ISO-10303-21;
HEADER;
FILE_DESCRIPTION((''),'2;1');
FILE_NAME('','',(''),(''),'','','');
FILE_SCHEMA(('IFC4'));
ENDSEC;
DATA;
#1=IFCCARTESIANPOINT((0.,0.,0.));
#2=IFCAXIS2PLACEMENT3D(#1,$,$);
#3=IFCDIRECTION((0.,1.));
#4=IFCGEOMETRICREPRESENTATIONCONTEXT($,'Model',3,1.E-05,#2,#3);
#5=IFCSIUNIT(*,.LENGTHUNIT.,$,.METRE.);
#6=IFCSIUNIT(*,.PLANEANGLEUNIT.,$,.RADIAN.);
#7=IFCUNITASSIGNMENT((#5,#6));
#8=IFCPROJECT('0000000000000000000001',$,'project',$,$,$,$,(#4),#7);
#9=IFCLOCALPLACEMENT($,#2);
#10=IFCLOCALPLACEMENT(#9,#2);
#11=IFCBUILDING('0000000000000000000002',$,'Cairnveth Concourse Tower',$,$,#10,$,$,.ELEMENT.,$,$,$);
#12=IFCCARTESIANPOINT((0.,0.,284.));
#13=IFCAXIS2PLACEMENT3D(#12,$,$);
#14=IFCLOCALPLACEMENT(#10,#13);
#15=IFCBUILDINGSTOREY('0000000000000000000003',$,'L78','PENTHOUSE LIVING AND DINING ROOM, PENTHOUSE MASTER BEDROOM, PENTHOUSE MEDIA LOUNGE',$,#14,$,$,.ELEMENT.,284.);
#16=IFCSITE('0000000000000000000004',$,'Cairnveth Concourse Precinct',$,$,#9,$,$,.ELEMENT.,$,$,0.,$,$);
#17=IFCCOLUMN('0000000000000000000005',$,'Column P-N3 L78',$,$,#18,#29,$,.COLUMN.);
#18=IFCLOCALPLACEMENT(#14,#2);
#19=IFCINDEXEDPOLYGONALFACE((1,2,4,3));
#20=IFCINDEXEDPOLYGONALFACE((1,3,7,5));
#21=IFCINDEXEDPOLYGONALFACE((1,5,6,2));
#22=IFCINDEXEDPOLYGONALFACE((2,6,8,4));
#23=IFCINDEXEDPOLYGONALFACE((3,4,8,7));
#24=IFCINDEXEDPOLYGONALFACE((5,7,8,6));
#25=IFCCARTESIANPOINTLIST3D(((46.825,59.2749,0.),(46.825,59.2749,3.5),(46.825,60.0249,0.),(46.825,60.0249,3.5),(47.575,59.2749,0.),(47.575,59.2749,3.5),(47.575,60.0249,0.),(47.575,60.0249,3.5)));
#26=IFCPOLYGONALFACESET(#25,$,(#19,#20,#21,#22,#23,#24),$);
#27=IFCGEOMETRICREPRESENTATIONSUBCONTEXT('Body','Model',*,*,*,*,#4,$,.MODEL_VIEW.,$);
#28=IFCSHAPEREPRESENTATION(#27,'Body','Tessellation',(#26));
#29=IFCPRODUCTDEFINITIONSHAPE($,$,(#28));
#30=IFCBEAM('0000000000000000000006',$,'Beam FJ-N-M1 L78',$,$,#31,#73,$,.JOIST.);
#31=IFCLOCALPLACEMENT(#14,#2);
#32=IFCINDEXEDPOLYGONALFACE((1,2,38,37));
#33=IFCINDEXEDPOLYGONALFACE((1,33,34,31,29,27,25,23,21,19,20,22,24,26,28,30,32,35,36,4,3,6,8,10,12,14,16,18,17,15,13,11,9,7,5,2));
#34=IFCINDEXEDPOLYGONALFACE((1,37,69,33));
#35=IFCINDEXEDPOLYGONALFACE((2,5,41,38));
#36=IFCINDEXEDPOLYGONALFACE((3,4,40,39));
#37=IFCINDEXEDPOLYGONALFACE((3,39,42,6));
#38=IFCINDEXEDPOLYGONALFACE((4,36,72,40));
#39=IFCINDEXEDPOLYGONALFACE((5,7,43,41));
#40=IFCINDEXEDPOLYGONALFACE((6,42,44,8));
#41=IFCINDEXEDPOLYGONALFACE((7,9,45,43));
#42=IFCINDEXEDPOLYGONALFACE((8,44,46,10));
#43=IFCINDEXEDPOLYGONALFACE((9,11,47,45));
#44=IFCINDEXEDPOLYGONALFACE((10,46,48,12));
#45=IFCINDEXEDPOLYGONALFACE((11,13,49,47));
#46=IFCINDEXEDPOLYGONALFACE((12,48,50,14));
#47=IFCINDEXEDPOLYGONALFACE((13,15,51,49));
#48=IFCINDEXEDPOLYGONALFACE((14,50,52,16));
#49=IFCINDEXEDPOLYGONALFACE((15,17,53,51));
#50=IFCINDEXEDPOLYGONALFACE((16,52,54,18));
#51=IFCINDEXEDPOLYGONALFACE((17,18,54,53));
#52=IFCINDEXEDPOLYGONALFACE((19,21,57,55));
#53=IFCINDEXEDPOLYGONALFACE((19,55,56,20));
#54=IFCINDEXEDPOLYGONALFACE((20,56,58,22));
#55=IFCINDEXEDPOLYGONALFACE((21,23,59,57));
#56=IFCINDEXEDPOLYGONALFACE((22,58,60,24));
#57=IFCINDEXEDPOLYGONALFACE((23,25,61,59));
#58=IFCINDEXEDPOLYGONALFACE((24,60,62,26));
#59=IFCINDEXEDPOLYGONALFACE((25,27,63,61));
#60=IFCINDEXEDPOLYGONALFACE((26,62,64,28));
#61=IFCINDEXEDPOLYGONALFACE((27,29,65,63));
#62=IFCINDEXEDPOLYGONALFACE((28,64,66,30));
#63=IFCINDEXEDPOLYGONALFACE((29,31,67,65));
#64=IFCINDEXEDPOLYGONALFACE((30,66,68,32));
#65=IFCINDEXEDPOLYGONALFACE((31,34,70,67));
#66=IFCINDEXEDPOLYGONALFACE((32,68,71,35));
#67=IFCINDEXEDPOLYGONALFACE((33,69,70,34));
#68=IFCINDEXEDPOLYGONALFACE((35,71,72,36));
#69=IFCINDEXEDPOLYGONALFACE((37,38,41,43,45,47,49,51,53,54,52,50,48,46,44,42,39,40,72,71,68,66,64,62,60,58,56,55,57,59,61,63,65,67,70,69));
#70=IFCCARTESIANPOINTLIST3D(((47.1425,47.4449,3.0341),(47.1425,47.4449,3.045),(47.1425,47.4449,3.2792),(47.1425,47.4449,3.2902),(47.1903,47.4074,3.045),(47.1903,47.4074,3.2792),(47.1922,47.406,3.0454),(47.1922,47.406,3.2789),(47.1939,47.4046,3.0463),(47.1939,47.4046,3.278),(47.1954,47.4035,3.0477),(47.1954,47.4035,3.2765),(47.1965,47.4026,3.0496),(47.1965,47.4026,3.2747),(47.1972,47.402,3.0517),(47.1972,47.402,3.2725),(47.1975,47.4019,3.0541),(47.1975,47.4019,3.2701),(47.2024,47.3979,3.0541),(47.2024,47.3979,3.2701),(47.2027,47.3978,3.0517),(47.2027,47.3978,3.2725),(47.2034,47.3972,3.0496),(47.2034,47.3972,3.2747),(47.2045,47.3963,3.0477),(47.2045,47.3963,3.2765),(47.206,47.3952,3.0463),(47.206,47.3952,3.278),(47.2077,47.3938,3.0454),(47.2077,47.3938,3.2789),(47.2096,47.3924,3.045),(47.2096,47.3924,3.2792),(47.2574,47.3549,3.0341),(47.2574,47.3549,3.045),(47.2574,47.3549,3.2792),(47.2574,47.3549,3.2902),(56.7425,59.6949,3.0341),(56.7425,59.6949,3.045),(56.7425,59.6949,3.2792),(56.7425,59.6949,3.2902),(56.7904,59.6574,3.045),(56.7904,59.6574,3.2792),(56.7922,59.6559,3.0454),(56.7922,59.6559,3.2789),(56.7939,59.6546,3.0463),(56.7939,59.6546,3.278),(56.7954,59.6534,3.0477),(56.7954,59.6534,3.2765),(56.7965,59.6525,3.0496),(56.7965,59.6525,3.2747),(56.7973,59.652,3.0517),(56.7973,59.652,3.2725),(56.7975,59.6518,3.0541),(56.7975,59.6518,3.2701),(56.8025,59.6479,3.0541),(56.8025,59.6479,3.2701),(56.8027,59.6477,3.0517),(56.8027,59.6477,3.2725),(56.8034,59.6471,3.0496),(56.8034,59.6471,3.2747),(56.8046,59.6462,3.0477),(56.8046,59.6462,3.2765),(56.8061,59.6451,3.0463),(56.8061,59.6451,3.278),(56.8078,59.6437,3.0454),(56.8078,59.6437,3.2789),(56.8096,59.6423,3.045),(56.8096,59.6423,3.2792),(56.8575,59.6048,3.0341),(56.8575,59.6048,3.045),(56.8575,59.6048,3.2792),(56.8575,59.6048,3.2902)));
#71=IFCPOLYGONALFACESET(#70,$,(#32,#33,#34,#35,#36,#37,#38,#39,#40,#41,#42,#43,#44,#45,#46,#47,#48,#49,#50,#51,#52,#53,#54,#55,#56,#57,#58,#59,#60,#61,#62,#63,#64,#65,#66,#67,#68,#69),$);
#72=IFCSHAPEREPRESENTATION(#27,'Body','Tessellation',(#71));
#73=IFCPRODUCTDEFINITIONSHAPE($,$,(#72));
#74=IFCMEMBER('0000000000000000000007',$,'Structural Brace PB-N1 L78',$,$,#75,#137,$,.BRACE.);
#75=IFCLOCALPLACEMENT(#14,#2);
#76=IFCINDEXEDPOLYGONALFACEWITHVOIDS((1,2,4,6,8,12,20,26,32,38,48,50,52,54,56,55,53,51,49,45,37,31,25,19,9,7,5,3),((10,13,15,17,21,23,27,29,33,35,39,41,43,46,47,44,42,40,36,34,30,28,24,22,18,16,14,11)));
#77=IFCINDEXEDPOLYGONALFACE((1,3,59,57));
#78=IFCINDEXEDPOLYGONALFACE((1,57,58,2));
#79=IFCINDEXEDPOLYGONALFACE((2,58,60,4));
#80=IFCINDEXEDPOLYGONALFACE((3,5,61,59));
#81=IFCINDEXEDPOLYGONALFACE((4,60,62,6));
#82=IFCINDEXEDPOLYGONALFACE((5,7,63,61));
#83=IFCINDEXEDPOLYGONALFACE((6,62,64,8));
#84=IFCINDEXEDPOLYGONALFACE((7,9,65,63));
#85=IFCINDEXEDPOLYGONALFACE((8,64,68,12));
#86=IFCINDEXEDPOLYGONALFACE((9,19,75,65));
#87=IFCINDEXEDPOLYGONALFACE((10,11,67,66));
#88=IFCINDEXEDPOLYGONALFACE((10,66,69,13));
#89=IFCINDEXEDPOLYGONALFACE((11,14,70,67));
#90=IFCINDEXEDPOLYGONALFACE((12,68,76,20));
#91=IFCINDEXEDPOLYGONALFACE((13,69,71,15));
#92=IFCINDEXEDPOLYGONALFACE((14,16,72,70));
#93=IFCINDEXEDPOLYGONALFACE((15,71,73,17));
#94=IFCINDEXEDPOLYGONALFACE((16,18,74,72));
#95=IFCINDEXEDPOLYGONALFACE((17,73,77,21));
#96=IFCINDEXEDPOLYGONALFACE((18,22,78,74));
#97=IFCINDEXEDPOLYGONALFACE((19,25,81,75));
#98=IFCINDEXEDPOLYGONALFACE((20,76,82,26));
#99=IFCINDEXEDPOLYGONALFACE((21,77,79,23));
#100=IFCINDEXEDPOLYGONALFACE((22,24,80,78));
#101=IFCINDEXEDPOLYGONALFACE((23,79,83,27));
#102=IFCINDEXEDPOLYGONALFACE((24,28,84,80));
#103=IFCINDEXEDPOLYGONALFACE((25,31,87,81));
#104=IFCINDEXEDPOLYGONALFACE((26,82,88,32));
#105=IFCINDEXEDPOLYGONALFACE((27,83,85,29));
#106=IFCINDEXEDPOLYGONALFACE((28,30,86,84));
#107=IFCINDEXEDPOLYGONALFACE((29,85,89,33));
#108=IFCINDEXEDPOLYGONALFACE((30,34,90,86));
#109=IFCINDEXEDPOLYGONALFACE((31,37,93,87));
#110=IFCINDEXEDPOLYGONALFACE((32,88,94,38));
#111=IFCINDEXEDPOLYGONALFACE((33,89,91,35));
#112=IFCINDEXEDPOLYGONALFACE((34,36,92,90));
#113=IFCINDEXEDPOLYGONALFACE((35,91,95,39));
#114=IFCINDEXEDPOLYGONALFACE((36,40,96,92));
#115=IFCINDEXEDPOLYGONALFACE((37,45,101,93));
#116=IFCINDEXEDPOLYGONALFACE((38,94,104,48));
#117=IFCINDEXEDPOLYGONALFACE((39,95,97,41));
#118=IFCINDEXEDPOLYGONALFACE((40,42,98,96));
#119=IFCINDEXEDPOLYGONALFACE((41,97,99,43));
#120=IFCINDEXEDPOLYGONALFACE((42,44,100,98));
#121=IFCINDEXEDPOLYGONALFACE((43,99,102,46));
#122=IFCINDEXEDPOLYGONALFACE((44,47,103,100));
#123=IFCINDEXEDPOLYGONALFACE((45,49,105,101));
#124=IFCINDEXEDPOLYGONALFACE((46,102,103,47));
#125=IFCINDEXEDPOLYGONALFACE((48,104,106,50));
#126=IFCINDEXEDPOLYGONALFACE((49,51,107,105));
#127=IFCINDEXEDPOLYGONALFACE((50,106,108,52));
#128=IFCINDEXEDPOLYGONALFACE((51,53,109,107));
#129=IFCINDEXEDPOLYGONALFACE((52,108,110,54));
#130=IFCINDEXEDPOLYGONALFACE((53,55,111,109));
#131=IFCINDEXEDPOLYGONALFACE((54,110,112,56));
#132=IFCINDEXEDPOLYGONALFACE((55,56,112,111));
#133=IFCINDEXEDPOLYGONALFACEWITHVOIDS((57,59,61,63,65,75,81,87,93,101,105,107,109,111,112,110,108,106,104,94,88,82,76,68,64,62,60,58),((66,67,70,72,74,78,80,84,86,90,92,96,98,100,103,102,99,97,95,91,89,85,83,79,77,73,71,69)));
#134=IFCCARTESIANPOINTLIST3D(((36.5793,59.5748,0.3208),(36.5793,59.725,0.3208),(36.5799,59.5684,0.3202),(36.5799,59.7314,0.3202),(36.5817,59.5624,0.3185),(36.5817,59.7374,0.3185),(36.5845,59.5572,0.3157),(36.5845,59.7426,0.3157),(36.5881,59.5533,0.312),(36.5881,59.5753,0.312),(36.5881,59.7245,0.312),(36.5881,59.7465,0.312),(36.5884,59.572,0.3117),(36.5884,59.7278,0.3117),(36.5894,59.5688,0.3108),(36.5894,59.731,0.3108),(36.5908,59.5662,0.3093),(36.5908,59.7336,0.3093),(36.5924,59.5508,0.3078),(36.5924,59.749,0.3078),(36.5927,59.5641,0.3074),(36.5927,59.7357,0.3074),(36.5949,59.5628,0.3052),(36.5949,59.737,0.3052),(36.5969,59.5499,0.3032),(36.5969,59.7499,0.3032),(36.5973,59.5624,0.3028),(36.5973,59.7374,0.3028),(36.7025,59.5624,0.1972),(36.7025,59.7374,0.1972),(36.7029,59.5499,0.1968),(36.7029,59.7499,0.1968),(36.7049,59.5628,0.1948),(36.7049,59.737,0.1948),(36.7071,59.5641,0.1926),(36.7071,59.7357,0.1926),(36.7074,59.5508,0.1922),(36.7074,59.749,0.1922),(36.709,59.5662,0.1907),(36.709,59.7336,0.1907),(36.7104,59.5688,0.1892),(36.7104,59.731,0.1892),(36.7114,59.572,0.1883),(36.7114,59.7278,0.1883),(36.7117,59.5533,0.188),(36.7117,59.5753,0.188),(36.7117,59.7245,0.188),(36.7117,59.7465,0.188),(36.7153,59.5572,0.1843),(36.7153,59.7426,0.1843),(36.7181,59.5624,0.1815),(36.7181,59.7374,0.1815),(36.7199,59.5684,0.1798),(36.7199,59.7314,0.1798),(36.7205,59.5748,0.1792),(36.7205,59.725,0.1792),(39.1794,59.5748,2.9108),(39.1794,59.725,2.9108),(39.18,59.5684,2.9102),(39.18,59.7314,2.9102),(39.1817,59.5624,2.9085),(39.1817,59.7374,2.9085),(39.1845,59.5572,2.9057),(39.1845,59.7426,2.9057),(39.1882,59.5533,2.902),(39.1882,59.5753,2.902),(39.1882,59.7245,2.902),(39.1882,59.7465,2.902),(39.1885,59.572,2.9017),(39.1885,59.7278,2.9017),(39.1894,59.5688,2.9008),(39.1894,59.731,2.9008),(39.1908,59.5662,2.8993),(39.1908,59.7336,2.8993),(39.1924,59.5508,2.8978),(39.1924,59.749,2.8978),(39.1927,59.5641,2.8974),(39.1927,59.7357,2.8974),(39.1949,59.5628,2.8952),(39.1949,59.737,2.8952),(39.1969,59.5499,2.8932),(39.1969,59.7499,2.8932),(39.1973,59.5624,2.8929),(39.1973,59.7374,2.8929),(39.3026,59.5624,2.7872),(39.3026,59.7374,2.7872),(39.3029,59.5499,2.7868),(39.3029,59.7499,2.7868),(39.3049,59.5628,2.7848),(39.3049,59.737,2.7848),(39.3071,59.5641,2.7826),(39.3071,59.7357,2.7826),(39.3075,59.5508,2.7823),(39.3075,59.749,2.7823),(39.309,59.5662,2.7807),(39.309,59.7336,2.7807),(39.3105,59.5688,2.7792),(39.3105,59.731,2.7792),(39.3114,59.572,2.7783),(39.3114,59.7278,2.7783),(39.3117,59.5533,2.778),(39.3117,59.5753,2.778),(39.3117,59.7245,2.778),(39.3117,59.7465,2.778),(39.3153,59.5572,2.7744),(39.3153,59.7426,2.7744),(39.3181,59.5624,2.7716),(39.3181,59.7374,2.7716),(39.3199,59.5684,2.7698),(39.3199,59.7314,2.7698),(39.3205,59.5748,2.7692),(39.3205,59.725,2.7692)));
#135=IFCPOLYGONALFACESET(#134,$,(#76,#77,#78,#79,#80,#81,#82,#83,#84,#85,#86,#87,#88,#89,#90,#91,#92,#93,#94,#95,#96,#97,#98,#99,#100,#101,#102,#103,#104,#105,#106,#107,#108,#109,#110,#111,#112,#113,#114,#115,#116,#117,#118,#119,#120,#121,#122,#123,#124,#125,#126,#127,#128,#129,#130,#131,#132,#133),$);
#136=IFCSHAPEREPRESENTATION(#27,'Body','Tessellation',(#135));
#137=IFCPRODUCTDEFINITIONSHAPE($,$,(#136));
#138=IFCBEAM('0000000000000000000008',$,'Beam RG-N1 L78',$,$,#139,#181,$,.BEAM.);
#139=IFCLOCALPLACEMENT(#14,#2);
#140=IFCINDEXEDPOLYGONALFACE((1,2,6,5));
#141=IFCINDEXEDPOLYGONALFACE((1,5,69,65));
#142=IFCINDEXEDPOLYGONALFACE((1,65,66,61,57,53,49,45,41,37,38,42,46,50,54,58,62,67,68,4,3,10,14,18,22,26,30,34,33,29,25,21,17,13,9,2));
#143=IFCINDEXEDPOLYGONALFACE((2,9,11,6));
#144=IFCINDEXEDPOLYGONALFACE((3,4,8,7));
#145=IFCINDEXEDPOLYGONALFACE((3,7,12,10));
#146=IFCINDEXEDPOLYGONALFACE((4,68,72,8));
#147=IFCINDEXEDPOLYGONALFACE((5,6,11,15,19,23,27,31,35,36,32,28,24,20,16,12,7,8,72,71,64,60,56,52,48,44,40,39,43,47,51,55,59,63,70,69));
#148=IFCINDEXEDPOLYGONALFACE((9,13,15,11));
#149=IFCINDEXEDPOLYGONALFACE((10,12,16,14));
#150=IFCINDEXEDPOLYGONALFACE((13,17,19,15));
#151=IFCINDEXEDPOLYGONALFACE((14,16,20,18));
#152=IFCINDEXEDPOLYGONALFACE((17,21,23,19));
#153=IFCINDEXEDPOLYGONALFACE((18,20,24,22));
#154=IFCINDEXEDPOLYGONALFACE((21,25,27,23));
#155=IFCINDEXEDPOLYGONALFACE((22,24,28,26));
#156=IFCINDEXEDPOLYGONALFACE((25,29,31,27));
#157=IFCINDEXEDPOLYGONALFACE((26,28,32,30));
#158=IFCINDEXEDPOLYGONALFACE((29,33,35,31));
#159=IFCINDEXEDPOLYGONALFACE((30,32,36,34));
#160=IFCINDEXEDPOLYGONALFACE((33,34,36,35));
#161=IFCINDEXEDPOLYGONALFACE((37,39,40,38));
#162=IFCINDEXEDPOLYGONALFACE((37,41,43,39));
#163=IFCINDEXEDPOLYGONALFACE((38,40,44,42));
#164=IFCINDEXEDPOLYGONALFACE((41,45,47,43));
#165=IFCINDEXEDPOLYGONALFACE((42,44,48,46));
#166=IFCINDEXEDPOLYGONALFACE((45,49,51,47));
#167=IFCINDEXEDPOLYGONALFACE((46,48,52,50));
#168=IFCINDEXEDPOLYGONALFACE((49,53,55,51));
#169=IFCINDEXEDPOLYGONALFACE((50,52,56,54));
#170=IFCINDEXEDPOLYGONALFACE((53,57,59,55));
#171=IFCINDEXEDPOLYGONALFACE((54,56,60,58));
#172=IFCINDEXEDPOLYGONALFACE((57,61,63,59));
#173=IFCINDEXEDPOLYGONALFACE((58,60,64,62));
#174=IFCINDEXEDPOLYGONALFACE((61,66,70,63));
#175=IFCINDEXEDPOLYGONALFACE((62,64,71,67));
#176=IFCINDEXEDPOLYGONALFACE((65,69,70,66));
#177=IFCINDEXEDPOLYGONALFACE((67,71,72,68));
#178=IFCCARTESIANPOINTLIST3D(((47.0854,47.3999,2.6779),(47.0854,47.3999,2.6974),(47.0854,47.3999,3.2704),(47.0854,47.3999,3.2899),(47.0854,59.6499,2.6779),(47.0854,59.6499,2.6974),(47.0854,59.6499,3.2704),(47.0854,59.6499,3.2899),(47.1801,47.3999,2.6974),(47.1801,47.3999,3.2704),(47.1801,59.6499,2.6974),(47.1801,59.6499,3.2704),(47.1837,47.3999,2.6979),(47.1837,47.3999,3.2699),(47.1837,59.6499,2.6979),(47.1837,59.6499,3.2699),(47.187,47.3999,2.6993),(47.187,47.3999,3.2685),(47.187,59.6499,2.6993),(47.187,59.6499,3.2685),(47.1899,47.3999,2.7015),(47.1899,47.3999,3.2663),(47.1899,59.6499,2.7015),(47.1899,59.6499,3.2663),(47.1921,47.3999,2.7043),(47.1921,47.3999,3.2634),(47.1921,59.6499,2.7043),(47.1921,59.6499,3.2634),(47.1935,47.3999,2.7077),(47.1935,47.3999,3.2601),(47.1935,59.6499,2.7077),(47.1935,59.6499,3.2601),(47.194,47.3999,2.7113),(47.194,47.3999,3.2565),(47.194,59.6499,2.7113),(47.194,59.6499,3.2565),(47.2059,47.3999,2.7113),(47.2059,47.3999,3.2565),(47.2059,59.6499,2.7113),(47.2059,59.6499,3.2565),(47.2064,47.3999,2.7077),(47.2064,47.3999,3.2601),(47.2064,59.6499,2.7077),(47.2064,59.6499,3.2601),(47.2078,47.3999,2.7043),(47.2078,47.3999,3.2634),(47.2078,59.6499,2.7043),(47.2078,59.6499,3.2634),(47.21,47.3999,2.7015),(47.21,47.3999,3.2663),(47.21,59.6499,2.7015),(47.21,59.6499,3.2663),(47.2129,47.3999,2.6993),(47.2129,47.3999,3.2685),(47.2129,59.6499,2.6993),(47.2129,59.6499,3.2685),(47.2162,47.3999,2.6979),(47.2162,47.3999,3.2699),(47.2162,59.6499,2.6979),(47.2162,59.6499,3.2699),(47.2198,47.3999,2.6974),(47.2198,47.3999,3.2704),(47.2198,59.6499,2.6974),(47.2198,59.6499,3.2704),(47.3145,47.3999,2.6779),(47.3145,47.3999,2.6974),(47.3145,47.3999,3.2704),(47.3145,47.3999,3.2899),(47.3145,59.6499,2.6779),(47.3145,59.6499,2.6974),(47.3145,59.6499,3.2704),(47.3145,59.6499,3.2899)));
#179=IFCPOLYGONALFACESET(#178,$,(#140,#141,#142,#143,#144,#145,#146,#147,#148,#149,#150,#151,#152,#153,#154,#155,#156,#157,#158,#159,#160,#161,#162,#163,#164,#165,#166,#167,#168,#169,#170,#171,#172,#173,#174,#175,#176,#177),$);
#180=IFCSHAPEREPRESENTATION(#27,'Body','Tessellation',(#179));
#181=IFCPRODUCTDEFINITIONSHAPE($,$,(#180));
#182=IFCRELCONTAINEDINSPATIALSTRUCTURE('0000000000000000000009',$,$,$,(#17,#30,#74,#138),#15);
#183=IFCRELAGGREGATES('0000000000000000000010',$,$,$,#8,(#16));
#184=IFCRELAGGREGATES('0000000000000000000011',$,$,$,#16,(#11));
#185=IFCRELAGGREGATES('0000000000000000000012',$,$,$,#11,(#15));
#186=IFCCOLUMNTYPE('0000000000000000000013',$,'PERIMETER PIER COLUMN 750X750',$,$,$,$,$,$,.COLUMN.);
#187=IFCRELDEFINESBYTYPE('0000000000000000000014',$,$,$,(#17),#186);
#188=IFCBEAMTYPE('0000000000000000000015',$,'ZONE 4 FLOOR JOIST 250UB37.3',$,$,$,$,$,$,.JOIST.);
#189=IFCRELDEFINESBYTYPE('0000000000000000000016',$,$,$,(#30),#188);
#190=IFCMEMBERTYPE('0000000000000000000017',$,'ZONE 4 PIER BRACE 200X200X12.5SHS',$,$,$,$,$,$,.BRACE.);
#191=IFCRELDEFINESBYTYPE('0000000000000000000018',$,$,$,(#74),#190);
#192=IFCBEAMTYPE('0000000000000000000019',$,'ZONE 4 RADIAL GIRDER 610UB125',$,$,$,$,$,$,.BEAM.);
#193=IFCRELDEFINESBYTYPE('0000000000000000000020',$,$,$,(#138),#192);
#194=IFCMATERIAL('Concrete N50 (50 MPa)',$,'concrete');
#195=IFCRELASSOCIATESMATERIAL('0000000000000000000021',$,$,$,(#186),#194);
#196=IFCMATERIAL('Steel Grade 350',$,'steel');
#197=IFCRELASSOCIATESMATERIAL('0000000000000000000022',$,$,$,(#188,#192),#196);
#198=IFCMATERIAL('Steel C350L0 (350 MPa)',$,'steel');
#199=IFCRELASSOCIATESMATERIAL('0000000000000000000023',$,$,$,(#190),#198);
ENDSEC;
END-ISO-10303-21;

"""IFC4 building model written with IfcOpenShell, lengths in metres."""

from ifc_helpers import new_model, si_unit, direction, frame, origin, origin_2d, place, context, subcontext, project, spatial, rectangle, hollow_rectangle, i_section, extrude, material, material_profile, profile_set, type_object, element, save


model = new_model("IFC4")

# Units and contexts
model_context = context("Model", 3, precision=1e-05, world=origin(), true_north=direction((0.0, 1.0)))
body_context = subcontext(model_context, "Body", "Model", "MODEL_VIEW")
ifc_project = project(units=[si_unit("LENGTHUNIT", "METRE"), si_unit("PLANEANGLEUNIT", "RADIAN")], contexts=[model_context])

# Site, building, storey
site_placement = place(None, origin())
site = spatial("IfcSite", under=ifc_project, at=site_placement, Name="Cairnveth Concourse Precinct", CompositionType="ELEMENT", RefElevation=0.0)
building_placement = place(site_placement, origin())
building = spatial("IfcBuilding", under=site, at=building_placement, Name="Cairnveth Concourse Tower", CompositionType="ELEMENT")
storey_placement = place(building_placement, frame((0.0, 0.0, 284.0)))
storey = spatial("IfcBuildingStorey", under=building, at=storey_placement, Name="L78", Description="PENTHOUSE LIVING AND DINING ROOM, PENTHOUSE MASTER BEDROOM, PENTHOUSE MEDIA LOUNGE", CompositionType="ELEMENT", Elevation=284.0)

# Column
ifc_material_1 = material(Name="Concrete N50 (50 MPa)", Category="concrete")
ifc_material_profile_1 = material_profile(ifc_material_1, rectangle(XDim=0.75, YDim=0.75, at=origin_2d()), Name="RC-COL-750x750")
ifc_profile_set_1 = profile_set([ifc_material_profile_1], Name="Concrete N50 (50 MPa)")
column_type = type_object("IfcColumnType", Name="PERIMETER PIER COLUMN 750X750", PredefinedType="COLUMN", material=ifc_profile_set_1)
column_placement = place(storey_placement, frame((47.2, 59.6499, 0.0), z_axis=(0.0, 0.0, 1.0), x_axis=(1.0, 0.0, 0.0)))
element("IfcColumn", 1, at=column_placement, inside=storey, type_object=column_type, Name="Column P-N3 L78", PredefinedType="COLUMN", context=body_context, shape_type="SweptSolid", body=[
    extrude(rectangle(XDim=0.75, YDim=0.75, at=origin_2d()), origin(), (0.0, 0.0, 1.0), 3.5),
])

# Beam
ifc_material_2 = material(Name="Steel Grade 350", Category="steel")
ifc_material_profile_2 = material_profile(ifc_material_2, i_section(OverallWidth=0.146, OverallDepth=0.2561, WebThickness=0.0063, FlangeThickness=0.011, FilletRadius=0.009, at=origin_2d()), Name="250UB37.3")
ifc_profile_set_2 = profile_set([ifc_material_profile_2], Name="Steel Grade 350")
beam_type_1 = type_object("IfcBeamType", Name="ZONE 4 FLOOR JOIST 250UB37.3", PredefinedType="JOIST", material=ifc_profile_set_2)
beam_1_placement = place(storey_placement, frame((47.2, 47.3999, 3.1621), z_axis=(0.616832, 0.787095, 0.0), x_axis=(-0.787095, 0.616832, 0.0)))
element("IfcBeam", 2, at=beam_1_placement, inside=storey, type_object=beam_type_1, Name="Beam FJ-N-M1 L78", PredefinedType="JOIST", context=body_context, shape_type="SweptSolid", body=[
    extrude(i_section(OverallWidth=0.146, OverallDepth=0.2561, WebThickness=0.0063, FlangeThickness=0.011, FilletRadius=0.009, at=origin_2d()), origin(), (0.0, 0.0, 1.0), 15.5635),
])

# Member
ifc_material_3 = material(Name="Steel C350L0 (350 MPa)", Category="steel")
ifc_material_profile_3 = material_profile(ifc_material_3, hollow_rectangle(XDim=0.2, YDim=0.2, WallThickness=0.0125, InnerFilletRadius=0.0129, OuterFilletRadius=0.0249, at=origin_2d()), Name="200x200x12.5SHS")
ifc_profile_set_3 = profile_set([ifc_material_profile_3], Name="Steel C350L0 (350 MPa)")
member_type = type_object("IfcMemberType", Name="ZONE 4 PIER BRACE 200X200X12.5SHS", PredefinedType="BRACE", material=ifc_profile_set_3)
member_placement = place(storey_placement, frame((36.6499, 59.6499, 0.25), z_axis=(0.708469, 0.0, 0.705742), x_axis=(0.0, 1.0, 0.0)))
element("IfcMember", 3, at=member_placement, inside=storey, type_object=member_type, Name="Structural Brace PB-N1 L78", PredefinedType="BRACE", context=body_context, shape_type="SweptSolid", body=[
    extrude(hollow_rectangle(XDim=0.2, YDim=0.2, WallThickness=0.0125, InnerFilletRadius=0.0129, OuterFilletRadius=0.0249, at=origin_2d()), origin(), (0.0, 0.0, 1.0), 3.6699),
])

# Beam
ifc_material_profile_4 = material_profile(ifc_material_2, i_section(OverallWidth=0.229, OverallDepth=0.6121, WebThickness=0.012, FlangeThickness=0.0195, FilletRadius=0.0139, at=origin_2d()), Name="610UB125")
ifc_profile_set_4 = profile_set([ifc_material_profile_4], Name="Steel Grade 350")
beam_type_2 = type_object("IfcBeamType", Name="ZONE 4 RADIAL GIRDER 610UB125", PredefinedType="BEAM", material=ifc_profile_set_4)
beam_2_placement = place(storey_placement, frame((47.2, 47.3999, 2.9839), z_axis=(0.0, 1.0, 0.0), x_axis=(-1.0, 0.0, 0.0)))
element("IfcBeam", 4, at=beam_2_placement, inside=storey, type_object=beam_type_2, Name="Beam RG-N1 L78", PredefinedType="BEAM", context=body_context, shape_type="SweptSolid", body=[
    extrude(i_section(OverallWidth=0.229, OverallDepth=0.6121, WebThickness=0.012, FlangeThickness=0.0195, FilletRadius=0.0139, at=origin_2d()), origin(), (0.0, 0.0, 1.0), 12.25),
])

save(model, "model.ifc")
